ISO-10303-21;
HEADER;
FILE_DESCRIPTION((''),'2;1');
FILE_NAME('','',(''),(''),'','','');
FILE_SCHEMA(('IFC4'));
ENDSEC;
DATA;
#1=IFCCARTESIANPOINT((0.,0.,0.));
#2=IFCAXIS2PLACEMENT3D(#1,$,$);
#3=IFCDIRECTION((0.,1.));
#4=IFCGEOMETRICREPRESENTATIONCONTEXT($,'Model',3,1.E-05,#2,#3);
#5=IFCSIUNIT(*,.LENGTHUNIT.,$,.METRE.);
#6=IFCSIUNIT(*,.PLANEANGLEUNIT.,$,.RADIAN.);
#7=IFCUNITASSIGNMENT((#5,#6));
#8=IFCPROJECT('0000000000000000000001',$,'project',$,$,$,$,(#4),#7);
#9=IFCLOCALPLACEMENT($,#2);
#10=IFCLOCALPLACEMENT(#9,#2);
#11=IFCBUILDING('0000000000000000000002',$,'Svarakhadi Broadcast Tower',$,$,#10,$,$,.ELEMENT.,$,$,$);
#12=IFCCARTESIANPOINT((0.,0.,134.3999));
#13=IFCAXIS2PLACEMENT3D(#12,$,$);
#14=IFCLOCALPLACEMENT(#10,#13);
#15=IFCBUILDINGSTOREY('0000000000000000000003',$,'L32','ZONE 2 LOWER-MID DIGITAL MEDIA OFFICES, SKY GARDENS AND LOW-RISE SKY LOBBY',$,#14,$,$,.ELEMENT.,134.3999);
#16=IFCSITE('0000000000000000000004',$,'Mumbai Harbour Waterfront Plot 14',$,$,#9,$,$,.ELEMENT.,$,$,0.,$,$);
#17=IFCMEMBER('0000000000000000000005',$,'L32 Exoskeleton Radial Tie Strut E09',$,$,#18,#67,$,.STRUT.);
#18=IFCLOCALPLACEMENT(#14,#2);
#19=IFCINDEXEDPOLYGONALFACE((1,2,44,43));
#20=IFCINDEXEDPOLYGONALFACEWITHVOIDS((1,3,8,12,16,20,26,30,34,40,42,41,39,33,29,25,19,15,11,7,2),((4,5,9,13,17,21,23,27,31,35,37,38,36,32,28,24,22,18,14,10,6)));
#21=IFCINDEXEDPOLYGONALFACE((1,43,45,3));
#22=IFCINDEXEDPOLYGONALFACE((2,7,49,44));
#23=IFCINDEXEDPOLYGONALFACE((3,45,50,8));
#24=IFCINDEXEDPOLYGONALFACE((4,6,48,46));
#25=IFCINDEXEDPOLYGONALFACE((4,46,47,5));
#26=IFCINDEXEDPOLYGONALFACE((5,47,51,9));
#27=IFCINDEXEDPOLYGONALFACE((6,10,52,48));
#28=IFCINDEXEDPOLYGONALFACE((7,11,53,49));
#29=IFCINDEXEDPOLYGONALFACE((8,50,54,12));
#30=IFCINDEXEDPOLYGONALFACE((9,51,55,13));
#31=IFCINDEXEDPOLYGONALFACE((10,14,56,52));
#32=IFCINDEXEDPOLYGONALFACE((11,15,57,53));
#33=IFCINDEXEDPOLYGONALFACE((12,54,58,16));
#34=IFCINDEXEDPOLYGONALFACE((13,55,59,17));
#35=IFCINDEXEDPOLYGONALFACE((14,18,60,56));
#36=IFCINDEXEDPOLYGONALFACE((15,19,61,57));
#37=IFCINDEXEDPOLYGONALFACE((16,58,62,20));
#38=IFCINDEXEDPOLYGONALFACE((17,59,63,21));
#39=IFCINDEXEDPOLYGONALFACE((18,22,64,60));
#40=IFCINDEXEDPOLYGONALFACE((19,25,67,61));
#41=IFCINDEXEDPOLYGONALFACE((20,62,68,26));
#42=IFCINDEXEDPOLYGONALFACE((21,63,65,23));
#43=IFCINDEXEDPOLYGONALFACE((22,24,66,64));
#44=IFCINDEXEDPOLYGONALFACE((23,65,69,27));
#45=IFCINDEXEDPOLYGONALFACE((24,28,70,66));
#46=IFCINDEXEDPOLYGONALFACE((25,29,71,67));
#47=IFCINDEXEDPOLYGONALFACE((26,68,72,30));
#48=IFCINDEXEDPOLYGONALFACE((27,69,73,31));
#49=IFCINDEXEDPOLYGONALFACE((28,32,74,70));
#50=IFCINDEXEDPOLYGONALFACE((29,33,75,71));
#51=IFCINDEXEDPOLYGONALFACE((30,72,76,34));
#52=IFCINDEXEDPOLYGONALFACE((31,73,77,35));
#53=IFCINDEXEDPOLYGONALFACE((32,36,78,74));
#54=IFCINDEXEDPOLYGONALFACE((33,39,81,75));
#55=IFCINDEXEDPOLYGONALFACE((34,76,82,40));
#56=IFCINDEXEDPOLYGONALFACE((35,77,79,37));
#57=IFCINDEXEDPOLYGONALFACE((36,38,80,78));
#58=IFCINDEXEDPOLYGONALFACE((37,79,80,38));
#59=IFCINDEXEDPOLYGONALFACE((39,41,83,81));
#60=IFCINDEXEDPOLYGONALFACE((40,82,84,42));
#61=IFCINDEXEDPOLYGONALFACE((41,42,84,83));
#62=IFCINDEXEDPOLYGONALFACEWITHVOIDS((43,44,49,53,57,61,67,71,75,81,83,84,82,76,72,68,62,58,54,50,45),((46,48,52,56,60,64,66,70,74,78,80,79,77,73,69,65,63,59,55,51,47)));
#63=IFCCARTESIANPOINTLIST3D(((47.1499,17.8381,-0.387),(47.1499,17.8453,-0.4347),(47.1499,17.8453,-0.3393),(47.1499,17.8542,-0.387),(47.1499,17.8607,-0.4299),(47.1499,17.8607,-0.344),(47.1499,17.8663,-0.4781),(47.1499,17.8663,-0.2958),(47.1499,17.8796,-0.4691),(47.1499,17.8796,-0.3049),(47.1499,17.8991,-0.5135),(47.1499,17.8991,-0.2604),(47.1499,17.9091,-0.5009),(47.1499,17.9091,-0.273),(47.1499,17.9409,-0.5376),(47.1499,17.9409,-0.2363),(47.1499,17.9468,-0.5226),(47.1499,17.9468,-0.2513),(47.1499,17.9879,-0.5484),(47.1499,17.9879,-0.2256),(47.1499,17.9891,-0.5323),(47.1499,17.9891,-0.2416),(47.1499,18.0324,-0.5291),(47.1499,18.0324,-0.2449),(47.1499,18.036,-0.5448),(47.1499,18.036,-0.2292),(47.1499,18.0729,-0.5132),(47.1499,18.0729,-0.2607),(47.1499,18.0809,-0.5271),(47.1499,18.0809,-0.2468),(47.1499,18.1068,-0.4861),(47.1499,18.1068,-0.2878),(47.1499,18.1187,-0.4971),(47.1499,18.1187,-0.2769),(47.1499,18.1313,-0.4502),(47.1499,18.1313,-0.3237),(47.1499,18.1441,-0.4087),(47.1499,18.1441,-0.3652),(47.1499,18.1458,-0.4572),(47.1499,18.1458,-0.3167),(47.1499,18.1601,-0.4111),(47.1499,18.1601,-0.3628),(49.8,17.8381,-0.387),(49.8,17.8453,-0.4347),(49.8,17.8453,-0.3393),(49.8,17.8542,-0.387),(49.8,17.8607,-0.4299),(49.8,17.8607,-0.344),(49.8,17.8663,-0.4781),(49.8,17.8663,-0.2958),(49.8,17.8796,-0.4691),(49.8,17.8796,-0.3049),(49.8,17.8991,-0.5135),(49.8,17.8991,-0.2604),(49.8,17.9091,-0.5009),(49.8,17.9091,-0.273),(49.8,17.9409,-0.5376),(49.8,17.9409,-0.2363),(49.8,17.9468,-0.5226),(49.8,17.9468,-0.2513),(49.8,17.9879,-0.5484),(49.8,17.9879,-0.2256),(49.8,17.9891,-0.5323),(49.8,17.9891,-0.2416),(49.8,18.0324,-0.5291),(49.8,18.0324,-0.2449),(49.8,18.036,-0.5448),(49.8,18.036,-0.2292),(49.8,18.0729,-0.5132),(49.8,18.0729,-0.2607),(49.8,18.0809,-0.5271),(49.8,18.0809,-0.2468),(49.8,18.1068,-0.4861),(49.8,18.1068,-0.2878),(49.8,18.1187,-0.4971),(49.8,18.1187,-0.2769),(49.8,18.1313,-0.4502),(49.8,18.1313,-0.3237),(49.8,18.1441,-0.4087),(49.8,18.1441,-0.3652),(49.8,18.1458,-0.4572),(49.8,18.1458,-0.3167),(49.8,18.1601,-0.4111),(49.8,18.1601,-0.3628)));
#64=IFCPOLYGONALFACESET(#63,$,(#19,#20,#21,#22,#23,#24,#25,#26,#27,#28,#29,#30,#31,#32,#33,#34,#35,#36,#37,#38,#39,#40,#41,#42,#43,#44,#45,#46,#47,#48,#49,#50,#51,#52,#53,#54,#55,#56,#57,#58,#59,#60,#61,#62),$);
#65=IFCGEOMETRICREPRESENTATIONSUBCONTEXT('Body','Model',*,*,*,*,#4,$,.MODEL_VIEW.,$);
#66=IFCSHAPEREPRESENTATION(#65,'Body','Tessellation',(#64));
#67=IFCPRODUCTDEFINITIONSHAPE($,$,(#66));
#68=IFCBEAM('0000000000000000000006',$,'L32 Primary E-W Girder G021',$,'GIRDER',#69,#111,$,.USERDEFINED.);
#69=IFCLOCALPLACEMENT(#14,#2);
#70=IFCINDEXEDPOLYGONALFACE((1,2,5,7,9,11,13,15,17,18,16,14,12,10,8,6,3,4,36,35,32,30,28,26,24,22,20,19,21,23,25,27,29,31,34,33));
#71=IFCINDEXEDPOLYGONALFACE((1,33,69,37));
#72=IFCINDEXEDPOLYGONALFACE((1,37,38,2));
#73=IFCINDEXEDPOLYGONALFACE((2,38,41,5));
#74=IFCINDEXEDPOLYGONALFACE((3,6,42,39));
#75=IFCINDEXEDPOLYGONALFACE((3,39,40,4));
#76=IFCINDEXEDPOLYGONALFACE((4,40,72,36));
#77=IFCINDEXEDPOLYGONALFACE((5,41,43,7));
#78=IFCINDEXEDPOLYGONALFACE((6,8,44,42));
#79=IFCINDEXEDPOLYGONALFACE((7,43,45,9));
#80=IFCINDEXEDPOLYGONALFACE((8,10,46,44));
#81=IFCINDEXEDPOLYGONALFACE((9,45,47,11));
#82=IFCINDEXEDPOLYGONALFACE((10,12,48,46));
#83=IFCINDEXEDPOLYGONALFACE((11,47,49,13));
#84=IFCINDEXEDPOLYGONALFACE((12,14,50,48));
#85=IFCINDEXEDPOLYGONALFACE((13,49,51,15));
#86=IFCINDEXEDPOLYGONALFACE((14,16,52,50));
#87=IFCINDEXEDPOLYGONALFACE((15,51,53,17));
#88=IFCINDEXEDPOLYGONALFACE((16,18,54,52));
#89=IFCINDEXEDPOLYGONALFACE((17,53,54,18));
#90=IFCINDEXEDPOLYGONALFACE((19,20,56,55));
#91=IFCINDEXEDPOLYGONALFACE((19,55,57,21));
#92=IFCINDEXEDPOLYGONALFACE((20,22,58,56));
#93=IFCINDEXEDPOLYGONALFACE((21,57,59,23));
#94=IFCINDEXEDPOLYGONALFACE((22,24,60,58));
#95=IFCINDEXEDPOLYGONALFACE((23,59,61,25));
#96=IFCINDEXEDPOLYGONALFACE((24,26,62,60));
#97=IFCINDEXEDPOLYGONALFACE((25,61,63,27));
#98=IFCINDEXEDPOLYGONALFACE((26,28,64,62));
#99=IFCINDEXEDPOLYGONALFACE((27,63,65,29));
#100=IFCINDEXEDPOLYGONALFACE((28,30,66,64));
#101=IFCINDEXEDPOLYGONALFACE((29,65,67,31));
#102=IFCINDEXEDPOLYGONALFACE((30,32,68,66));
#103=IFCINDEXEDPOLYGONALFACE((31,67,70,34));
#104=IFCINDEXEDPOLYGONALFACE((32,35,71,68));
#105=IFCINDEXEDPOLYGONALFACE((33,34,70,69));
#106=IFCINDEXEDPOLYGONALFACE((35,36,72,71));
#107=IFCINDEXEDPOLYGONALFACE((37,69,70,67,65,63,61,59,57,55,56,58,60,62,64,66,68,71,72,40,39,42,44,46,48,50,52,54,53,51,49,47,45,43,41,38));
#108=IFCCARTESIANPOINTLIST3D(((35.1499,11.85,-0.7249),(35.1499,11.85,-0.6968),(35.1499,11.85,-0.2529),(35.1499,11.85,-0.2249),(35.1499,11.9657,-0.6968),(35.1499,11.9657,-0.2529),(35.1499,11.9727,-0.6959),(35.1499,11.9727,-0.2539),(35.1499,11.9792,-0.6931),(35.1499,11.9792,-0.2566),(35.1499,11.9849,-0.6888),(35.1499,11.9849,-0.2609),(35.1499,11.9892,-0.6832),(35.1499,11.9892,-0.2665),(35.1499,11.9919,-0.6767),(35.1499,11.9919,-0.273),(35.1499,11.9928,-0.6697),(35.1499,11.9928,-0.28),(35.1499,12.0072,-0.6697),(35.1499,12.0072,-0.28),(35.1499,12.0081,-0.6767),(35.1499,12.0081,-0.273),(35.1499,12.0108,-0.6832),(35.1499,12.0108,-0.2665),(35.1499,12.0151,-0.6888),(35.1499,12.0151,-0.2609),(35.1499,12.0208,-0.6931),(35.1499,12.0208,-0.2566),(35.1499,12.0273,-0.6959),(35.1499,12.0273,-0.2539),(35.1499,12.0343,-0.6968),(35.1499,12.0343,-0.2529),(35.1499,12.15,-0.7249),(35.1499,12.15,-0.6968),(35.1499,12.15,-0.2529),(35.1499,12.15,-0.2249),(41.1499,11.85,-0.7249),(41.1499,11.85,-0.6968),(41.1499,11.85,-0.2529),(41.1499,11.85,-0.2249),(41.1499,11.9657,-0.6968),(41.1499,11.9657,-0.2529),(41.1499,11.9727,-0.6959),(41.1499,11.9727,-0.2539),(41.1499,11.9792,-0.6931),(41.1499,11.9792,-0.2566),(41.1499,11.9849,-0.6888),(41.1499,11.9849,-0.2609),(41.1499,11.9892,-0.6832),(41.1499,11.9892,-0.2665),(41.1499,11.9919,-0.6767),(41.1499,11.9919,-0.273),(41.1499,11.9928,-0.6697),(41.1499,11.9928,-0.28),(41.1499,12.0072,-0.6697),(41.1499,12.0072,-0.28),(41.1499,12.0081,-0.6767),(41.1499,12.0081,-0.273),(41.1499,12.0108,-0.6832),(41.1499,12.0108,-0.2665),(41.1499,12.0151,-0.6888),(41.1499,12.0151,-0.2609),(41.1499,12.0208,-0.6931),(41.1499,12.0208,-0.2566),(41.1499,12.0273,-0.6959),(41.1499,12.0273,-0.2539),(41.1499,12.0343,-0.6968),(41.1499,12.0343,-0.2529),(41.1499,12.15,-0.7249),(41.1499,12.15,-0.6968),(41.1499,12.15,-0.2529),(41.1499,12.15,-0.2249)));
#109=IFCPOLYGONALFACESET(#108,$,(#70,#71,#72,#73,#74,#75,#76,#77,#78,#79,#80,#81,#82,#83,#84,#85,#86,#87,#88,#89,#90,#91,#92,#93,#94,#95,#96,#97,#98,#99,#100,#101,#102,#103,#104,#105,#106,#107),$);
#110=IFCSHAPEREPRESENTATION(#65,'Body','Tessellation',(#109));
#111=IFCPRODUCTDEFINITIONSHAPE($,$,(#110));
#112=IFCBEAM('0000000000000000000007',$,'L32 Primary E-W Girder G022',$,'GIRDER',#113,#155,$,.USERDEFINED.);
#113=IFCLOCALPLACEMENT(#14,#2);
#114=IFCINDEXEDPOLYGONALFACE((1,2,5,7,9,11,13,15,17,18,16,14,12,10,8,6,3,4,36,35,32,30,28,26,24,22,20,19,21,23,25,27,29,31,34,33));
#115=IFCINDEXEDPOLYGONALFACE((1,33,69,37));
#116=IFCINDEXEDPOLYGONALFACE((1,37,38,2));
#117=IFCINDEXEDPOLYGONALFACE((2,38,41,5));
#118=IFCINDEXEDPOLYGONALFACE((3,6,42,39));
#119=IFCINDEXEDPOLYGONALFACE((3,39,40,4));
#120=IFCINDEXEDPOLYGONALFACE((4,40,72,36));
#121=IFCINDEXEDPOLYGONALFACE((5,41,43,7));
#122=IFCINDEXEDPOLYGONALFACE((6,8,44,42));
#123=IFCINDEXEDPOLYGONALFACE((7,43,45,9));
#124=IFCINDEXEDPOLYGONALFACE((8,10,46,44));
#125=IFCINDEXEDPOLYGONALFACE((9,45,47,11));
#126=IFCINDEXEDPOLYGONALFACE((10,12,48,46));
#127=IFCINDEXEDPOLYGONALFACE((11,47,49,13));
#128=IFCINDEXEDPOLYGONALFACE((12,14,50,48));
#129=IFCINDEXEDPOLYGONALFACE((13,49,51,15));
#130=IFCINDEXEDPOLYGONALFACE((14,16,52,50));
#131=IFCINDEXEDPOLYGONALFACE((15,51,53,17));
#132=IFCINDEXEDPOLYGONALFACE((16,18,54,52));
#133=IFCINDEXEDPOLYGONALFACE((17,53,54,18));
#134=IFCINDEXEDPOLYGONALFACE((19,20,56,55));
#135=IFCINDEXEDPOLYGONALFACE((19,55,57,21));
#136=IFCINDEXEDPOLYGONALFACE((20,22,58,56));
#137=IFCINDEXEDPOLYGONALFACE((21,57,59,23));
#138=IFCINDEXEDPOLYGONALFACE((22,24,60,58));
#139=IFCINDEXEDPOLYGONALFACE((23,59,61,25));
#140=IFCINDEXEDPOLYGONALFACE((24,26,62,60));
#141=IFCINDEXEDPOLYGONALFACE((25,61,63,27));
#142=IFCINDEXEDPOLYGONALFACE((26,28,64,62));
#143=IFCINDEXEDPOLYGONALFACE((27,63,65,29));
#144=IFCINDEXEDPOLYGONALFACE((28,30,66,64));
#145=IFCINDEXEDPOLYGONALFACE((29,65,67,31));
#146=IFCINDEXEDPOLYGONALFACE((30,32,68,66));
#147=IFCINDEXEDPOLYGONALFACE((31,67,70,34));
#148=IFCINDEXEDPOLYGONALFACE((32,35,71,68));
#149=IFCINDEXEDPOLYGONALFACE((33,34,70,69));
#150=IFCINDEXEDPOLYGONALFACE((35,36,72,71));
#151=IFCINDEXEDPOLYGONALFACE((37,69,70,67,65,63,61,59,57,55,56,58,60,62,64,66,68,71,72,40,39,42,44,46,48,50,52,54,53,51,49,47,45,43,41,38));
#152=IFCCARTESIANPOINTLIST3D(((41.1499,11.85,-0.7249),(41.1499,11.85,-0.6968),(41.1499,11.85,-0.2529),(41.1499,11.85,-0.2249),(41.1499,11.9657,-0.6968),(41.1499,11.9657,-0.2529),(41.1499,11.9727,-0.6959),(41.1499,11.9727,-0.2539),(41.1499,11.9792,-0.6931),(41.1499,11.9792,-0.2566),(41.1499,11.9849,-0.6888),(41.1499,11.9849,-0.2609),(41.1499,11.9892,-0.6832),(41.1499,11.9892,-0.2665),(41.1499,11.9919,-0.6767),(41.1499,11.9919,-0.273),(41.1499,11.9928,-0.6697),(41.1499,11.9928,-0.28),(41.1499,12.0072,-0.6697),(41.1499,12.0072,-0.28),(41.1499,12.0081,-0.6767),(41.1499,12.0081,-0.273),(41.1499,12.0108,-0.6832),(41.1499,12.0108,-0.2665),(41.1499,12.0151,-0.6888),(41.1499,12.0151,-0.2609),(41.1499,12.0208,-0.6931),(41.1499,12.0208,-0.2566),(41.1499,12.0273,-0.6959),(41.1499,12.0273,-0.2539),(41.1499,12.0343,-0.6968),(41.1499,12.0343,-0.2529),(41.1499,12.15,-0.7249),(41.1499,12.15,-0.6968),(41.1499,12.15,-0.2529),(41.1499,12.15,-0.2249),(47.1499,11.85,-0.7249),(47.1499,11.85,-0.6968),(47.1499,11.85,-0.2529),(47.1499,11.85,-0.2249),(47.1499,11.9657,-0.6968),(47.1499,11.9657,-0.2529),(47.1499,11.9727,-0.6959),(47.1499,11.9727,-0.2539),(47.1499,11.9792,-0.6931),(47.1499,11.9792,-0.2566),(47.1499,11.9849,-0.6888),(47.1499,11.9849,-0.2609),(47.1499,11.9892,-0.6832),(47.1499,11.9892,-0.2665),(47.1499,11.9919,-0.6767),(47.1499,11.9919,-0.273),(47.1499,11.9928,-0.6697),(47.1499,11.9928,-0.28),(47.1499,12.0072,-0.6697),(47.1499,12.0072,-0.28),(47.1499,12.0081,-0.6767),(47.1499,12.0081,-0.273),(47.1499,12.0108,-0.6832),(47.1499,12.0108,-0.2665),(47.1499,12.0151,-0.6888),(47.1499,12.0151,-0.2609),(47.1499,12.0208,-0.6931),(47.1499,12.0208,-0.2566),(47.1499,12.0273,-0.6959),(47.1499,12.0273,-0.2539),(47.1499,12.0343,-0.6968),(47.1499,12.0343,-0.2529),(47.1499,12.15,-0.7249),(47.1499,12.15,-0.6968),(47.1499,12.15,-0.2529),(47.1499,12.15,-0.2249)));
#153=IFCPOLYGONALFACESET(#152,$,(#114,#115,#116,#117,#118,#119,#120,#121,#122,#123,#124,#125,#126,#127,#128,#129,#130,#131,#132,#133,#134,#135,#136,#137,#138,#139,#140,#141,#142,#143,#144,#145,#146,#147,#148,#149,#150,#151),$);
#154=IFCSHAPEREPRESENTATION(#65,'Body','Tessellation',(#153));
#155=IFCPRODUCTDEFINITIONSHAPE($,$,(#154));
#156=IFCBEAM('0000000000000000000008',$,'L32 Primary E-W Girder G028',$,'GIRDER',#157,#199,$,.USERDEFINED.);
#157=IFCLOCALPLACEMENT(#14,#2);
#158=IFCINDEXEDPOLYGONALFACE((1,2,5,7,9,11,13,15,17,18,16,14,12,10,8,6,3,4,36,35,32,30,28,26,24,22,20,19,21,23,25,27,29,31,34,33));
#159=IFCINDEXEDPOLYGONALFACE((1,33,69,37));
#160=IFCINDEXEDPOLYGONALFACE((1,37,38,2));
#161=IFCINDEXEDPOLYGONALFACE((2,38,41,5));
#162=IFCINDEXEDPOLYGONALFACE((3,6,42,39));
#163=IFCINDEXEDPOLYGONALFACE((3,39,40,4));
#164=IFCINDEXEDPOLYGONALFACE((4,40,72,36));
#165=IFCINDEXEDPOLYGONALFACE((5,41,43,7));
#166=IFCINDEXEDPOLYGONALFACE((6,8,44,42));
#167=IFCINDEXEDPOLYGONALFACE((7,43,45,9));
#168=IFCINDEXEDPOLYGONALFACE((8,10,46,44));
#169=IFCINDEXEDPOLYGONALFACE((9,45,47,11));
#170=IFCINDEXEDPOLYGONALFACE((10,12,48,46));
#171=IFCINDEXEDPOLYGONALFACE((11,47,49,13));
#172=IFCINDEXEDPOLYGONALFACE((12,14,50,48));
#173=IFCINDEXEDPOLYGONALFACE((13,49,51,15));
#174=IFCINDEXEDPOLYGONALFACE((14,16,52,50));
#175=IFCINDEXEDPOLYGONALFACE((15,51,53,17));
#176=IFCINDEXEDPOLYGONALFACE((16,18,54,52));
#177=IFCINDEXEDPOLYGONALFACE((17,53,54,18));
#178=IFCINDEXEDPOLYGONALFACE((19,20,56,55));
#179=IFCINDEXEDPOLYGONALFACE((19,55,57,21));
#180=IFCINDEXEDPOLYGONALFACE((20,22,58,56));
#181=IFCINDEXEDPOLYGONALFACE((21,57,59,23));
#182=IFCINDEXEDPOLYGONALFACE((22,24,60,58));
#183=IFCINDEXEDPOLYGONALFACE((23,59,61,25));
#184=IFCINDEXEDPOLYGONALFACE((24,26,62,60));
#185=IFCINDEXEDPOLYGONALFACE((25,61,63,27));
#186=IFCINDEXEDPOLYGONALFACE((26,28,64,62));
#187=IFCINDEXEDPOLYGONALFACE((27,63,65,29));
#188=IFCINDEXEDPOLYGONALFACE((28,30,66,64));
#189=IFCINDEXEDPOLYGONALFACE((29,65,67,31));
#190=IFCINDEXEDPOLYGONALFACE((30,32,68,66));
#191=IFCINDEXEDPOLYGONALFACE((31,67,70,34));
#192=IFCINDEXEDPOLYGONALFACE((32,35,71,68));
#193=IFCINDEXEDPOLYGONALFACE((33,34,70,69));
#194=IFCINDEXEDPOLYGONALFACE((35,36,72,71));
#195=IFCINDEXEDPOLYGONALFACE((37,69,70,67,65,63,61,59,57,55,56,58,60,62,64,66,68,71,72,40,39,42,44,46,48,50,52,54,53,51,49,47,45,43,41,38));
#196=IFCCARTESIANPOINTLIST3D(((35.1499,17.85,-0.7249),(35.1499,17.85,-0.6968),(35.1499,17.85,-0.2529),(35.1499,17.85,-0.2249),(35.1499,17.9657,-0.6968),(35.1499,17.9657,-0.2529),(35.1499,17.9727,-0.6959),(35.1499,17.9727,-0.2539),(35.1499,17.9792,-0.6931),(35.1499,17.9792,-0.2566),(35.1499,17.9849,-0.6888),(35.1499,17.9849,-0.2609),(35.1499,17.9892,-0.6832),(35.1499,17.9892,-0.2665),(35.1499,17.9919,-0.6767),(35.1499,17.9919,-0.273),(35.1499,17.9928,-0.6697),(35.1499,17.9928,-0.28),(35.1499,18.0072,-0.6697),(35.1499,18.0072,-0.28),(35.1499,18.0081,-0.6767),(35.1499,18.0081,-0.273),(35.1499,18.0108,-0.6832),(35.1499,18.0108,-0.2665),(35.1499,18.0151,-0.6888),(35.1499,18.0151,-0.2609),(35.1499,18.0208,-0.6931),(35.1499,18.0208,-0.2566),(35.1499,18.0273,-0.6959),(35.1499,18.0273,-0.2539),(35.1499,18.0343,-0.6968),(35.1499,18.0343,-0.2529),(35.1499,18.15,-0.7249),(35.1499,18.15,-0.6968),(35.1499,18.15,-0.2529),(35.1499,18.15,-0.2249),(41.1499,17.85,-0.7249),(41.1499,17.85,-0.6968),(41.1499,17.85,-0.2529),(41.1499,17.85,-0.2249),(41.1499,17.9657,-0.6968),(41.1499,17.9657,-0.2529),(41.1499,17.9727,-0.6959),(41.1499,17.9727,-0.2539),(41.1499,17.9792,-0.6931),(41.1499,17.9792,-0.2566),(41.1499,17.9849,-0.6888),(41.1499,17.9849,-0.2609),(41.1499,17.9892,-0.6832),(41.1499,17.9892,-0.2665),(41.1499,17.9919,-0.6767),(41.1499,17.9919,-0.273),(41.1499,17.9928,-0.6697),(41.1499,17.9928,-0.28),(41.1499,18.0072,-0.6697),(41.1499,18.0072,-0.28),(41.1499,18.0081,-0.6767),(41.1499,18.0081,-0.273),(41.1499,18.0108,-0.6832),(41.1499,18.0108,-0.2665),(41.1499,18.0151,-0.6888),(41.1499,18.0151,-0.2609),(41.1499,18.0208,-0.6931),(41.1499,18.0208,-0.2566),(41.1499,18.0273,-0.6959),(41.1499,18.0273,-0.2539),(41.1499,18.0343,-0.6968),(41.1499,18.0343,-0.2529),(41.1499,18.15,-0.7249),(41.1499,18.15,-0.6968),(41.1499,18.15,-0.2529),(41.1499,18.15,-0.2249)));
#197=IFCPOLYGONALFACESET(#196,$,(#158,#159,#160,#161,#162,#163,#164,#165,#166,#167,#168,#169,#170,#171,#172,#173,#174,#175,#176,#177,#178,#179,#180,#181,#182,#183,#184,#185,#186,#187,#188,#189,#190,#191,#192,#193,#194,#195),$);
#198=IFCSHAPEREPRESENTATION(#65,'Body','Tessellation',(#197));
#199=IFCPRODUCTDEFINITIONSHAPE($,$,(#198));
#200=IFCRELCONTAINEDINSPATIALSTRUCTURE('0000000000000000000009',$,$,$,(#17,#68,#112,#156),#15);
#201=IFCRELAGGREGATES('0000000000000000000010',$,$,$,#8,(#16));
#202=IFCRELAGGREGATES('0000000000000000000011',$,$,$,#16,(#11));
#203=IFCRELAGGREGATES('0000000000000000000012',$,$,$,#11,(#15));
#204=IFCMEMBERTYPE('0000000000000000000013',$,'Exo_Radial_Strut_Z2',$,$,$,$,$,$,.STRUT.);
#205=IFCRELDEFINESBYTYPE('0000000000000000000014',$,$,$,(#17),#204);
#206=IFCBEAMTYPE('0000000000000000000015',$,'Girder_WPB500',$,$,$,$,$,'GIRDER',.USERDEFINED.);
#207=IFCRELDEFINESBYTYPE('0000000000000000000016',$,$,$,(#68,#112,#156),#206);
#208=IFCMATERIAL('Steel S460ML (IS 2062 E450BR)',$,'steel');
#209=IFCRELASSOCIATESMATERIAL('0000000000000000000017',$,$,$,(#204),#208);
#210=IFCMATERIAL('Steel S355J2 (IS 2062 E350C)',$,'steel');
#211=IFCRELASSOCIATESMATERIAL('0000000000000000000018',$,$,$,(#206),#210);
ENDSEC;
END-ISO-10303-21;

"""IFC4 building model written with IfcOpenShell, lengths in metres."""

from ifc_helpers import new_model, si_unit, direction, frame, origin, origin_2d, place, context, subcontext, project, spatial, hollow_circle, i_section, extrude, material, material_profile, profile_set, type_object, element, save


model = new_model("IFC4")

# Units and contexts
model_context = context("Model", 3, precision=1e-05, world=origin(), true_north=direction((0.0, 1.0)))
body_context = subcontext(model_context, "Body", "Model", "MODEL_VIEW")
ifc_project = project(units=[si_unit("LENGTHUNIT", "METRE"), si_unit("PLANEANGLEUNIT", "RADIAN")], contexts=[model_context])

# Site, building, storey
site_placement = place(None, origin())
site = spatial("IfcSite", under=ifc_project, at=site_placement, Name="Mumbai Harbour Waterfront Plot 14", CompositionType="ELEMENT", RefElevation=0.0)
building_placement = place(site_placement, origin())
building = spatial("IfcBuilding", under=site, at=building_placement, Name="Svarakhadi Broadcast Tower", CompositionType="ELEMENT")
storey_placement = place(building_placement, frame((0.0, 0.0, 134.3999)))
storey = spatial("IfcBuildingStorey", under=building, at=storey_placement, Name="L32", Description="ZONE 2 LOWER-MID DIGITAL MEDIA OFFICES, SKY GARDENS AND LOW-RISE SKY LOBBY", CompositionType="ELEMENT", Elevation=134.3999)

# Shared definitions
ifc_material_1 = material(Name="Steel S460ML (IS 2062 E450BR)", Category="steel")

# Shared definitions
ifc_material_2 = material(Name="Steel S355J2 (IS 2062 E350C)", Category="steel")

# Member
ifc_material_profile_1 = material_profile(ifc_material_1, hollow_circle(Radius=0.1619, WallThickness=0.0161, at=origin_2d()), Name="CHS 323.9x16")
ifc_profile_set_1 = profile_set([ifc_material_profile_1], Name="Steel S460ML (IS 2062 E450BR)")
member_type_1 = type_object("IfcMemberType", Name="Exo_Radial_Strut_Z2", PredefinedType="STRUT", material=ifc_profile_set_1)
member_1_placement = place(storey_placement, frame((49.8, 18.0, -0.387), z_axis=(-1.0, 0.0, 0.0), x_axis=(0.0, -1.0, 0.0)))
element("IfcMember", 1, at=member_1_placement, inside=storey, type_object=member_type_1, Name="L32 Exoskeleton Radial Tie Strut E09", PredefinedType="STRUT", context=body_context, shape_type="SweptSolid", body=[
    extrude(hollow_circle(Radius=0.1619, WallThickness=0.0161, at=origin_2d()), origin(), (0.0, 0.0, 1.0), 2.6501),
])

# Beams
ifc_material_profile_2 = material_profile(ifc_material_2, i_section(OverallWidth=0.3, OverallDepth=0.5, WebThickness=0.0144, FlangeThickness=0.0281, FilletRadius=0.0271, at=origin_2d()), Name="WPB 500x300x187")
ifc_profile_set_2 = profile_set([ifc_material_profile_2], Name="Steel S355J2 (IS 2062 E350C)")
beam_type_1 = type_object("IfcBeamType", Name="Girder_WPB500", ElementType="GIRDER", PredefinedType="USERDEFINED", material=ifc_profile_set_2)
for number, where, z_axis, x_axis, name in (
    (2, (35.1499, 12.0, -0.4749), (1.0, 0.0, 0.0), (0.0, 1.0, 0.0), "L32 Primary E-W Girder G021"),
    (3, (41.1499, 12.0, -0.4749), (1.0, 0.0, 0.0), (0.0, 1.0, 0.0), "L32 Primary E-W Girder G022"),
    (4, (35.1499, 18.0, -0.4749), (1.0, 0.0, 0.0), (0.0, 1.0, 0.0), "L32 Primary E-W Girder G028"),
):
    element("IfcBeam", number, at=place(storey_placement, frame(where, z_axis=z_axis, x_axis=x_axis)), inside=storey, type_object=beam_type_1, Name=name, ObjectType="GIRDER", PredefinedType="USERDEFINED", context=body_context, shape_type="SweptSolid", body=[
        extrude(i_section(OverallWidth=0.3, OverallDepth=0.5, WebThickness=0.0144, FlangeThickness=0.0281, FilletRadius=0.0271, at=origin_2d()), origin(), (0.0, 0.0, 1.0), 6.0),
    ])

save(model, "model.ifc")
